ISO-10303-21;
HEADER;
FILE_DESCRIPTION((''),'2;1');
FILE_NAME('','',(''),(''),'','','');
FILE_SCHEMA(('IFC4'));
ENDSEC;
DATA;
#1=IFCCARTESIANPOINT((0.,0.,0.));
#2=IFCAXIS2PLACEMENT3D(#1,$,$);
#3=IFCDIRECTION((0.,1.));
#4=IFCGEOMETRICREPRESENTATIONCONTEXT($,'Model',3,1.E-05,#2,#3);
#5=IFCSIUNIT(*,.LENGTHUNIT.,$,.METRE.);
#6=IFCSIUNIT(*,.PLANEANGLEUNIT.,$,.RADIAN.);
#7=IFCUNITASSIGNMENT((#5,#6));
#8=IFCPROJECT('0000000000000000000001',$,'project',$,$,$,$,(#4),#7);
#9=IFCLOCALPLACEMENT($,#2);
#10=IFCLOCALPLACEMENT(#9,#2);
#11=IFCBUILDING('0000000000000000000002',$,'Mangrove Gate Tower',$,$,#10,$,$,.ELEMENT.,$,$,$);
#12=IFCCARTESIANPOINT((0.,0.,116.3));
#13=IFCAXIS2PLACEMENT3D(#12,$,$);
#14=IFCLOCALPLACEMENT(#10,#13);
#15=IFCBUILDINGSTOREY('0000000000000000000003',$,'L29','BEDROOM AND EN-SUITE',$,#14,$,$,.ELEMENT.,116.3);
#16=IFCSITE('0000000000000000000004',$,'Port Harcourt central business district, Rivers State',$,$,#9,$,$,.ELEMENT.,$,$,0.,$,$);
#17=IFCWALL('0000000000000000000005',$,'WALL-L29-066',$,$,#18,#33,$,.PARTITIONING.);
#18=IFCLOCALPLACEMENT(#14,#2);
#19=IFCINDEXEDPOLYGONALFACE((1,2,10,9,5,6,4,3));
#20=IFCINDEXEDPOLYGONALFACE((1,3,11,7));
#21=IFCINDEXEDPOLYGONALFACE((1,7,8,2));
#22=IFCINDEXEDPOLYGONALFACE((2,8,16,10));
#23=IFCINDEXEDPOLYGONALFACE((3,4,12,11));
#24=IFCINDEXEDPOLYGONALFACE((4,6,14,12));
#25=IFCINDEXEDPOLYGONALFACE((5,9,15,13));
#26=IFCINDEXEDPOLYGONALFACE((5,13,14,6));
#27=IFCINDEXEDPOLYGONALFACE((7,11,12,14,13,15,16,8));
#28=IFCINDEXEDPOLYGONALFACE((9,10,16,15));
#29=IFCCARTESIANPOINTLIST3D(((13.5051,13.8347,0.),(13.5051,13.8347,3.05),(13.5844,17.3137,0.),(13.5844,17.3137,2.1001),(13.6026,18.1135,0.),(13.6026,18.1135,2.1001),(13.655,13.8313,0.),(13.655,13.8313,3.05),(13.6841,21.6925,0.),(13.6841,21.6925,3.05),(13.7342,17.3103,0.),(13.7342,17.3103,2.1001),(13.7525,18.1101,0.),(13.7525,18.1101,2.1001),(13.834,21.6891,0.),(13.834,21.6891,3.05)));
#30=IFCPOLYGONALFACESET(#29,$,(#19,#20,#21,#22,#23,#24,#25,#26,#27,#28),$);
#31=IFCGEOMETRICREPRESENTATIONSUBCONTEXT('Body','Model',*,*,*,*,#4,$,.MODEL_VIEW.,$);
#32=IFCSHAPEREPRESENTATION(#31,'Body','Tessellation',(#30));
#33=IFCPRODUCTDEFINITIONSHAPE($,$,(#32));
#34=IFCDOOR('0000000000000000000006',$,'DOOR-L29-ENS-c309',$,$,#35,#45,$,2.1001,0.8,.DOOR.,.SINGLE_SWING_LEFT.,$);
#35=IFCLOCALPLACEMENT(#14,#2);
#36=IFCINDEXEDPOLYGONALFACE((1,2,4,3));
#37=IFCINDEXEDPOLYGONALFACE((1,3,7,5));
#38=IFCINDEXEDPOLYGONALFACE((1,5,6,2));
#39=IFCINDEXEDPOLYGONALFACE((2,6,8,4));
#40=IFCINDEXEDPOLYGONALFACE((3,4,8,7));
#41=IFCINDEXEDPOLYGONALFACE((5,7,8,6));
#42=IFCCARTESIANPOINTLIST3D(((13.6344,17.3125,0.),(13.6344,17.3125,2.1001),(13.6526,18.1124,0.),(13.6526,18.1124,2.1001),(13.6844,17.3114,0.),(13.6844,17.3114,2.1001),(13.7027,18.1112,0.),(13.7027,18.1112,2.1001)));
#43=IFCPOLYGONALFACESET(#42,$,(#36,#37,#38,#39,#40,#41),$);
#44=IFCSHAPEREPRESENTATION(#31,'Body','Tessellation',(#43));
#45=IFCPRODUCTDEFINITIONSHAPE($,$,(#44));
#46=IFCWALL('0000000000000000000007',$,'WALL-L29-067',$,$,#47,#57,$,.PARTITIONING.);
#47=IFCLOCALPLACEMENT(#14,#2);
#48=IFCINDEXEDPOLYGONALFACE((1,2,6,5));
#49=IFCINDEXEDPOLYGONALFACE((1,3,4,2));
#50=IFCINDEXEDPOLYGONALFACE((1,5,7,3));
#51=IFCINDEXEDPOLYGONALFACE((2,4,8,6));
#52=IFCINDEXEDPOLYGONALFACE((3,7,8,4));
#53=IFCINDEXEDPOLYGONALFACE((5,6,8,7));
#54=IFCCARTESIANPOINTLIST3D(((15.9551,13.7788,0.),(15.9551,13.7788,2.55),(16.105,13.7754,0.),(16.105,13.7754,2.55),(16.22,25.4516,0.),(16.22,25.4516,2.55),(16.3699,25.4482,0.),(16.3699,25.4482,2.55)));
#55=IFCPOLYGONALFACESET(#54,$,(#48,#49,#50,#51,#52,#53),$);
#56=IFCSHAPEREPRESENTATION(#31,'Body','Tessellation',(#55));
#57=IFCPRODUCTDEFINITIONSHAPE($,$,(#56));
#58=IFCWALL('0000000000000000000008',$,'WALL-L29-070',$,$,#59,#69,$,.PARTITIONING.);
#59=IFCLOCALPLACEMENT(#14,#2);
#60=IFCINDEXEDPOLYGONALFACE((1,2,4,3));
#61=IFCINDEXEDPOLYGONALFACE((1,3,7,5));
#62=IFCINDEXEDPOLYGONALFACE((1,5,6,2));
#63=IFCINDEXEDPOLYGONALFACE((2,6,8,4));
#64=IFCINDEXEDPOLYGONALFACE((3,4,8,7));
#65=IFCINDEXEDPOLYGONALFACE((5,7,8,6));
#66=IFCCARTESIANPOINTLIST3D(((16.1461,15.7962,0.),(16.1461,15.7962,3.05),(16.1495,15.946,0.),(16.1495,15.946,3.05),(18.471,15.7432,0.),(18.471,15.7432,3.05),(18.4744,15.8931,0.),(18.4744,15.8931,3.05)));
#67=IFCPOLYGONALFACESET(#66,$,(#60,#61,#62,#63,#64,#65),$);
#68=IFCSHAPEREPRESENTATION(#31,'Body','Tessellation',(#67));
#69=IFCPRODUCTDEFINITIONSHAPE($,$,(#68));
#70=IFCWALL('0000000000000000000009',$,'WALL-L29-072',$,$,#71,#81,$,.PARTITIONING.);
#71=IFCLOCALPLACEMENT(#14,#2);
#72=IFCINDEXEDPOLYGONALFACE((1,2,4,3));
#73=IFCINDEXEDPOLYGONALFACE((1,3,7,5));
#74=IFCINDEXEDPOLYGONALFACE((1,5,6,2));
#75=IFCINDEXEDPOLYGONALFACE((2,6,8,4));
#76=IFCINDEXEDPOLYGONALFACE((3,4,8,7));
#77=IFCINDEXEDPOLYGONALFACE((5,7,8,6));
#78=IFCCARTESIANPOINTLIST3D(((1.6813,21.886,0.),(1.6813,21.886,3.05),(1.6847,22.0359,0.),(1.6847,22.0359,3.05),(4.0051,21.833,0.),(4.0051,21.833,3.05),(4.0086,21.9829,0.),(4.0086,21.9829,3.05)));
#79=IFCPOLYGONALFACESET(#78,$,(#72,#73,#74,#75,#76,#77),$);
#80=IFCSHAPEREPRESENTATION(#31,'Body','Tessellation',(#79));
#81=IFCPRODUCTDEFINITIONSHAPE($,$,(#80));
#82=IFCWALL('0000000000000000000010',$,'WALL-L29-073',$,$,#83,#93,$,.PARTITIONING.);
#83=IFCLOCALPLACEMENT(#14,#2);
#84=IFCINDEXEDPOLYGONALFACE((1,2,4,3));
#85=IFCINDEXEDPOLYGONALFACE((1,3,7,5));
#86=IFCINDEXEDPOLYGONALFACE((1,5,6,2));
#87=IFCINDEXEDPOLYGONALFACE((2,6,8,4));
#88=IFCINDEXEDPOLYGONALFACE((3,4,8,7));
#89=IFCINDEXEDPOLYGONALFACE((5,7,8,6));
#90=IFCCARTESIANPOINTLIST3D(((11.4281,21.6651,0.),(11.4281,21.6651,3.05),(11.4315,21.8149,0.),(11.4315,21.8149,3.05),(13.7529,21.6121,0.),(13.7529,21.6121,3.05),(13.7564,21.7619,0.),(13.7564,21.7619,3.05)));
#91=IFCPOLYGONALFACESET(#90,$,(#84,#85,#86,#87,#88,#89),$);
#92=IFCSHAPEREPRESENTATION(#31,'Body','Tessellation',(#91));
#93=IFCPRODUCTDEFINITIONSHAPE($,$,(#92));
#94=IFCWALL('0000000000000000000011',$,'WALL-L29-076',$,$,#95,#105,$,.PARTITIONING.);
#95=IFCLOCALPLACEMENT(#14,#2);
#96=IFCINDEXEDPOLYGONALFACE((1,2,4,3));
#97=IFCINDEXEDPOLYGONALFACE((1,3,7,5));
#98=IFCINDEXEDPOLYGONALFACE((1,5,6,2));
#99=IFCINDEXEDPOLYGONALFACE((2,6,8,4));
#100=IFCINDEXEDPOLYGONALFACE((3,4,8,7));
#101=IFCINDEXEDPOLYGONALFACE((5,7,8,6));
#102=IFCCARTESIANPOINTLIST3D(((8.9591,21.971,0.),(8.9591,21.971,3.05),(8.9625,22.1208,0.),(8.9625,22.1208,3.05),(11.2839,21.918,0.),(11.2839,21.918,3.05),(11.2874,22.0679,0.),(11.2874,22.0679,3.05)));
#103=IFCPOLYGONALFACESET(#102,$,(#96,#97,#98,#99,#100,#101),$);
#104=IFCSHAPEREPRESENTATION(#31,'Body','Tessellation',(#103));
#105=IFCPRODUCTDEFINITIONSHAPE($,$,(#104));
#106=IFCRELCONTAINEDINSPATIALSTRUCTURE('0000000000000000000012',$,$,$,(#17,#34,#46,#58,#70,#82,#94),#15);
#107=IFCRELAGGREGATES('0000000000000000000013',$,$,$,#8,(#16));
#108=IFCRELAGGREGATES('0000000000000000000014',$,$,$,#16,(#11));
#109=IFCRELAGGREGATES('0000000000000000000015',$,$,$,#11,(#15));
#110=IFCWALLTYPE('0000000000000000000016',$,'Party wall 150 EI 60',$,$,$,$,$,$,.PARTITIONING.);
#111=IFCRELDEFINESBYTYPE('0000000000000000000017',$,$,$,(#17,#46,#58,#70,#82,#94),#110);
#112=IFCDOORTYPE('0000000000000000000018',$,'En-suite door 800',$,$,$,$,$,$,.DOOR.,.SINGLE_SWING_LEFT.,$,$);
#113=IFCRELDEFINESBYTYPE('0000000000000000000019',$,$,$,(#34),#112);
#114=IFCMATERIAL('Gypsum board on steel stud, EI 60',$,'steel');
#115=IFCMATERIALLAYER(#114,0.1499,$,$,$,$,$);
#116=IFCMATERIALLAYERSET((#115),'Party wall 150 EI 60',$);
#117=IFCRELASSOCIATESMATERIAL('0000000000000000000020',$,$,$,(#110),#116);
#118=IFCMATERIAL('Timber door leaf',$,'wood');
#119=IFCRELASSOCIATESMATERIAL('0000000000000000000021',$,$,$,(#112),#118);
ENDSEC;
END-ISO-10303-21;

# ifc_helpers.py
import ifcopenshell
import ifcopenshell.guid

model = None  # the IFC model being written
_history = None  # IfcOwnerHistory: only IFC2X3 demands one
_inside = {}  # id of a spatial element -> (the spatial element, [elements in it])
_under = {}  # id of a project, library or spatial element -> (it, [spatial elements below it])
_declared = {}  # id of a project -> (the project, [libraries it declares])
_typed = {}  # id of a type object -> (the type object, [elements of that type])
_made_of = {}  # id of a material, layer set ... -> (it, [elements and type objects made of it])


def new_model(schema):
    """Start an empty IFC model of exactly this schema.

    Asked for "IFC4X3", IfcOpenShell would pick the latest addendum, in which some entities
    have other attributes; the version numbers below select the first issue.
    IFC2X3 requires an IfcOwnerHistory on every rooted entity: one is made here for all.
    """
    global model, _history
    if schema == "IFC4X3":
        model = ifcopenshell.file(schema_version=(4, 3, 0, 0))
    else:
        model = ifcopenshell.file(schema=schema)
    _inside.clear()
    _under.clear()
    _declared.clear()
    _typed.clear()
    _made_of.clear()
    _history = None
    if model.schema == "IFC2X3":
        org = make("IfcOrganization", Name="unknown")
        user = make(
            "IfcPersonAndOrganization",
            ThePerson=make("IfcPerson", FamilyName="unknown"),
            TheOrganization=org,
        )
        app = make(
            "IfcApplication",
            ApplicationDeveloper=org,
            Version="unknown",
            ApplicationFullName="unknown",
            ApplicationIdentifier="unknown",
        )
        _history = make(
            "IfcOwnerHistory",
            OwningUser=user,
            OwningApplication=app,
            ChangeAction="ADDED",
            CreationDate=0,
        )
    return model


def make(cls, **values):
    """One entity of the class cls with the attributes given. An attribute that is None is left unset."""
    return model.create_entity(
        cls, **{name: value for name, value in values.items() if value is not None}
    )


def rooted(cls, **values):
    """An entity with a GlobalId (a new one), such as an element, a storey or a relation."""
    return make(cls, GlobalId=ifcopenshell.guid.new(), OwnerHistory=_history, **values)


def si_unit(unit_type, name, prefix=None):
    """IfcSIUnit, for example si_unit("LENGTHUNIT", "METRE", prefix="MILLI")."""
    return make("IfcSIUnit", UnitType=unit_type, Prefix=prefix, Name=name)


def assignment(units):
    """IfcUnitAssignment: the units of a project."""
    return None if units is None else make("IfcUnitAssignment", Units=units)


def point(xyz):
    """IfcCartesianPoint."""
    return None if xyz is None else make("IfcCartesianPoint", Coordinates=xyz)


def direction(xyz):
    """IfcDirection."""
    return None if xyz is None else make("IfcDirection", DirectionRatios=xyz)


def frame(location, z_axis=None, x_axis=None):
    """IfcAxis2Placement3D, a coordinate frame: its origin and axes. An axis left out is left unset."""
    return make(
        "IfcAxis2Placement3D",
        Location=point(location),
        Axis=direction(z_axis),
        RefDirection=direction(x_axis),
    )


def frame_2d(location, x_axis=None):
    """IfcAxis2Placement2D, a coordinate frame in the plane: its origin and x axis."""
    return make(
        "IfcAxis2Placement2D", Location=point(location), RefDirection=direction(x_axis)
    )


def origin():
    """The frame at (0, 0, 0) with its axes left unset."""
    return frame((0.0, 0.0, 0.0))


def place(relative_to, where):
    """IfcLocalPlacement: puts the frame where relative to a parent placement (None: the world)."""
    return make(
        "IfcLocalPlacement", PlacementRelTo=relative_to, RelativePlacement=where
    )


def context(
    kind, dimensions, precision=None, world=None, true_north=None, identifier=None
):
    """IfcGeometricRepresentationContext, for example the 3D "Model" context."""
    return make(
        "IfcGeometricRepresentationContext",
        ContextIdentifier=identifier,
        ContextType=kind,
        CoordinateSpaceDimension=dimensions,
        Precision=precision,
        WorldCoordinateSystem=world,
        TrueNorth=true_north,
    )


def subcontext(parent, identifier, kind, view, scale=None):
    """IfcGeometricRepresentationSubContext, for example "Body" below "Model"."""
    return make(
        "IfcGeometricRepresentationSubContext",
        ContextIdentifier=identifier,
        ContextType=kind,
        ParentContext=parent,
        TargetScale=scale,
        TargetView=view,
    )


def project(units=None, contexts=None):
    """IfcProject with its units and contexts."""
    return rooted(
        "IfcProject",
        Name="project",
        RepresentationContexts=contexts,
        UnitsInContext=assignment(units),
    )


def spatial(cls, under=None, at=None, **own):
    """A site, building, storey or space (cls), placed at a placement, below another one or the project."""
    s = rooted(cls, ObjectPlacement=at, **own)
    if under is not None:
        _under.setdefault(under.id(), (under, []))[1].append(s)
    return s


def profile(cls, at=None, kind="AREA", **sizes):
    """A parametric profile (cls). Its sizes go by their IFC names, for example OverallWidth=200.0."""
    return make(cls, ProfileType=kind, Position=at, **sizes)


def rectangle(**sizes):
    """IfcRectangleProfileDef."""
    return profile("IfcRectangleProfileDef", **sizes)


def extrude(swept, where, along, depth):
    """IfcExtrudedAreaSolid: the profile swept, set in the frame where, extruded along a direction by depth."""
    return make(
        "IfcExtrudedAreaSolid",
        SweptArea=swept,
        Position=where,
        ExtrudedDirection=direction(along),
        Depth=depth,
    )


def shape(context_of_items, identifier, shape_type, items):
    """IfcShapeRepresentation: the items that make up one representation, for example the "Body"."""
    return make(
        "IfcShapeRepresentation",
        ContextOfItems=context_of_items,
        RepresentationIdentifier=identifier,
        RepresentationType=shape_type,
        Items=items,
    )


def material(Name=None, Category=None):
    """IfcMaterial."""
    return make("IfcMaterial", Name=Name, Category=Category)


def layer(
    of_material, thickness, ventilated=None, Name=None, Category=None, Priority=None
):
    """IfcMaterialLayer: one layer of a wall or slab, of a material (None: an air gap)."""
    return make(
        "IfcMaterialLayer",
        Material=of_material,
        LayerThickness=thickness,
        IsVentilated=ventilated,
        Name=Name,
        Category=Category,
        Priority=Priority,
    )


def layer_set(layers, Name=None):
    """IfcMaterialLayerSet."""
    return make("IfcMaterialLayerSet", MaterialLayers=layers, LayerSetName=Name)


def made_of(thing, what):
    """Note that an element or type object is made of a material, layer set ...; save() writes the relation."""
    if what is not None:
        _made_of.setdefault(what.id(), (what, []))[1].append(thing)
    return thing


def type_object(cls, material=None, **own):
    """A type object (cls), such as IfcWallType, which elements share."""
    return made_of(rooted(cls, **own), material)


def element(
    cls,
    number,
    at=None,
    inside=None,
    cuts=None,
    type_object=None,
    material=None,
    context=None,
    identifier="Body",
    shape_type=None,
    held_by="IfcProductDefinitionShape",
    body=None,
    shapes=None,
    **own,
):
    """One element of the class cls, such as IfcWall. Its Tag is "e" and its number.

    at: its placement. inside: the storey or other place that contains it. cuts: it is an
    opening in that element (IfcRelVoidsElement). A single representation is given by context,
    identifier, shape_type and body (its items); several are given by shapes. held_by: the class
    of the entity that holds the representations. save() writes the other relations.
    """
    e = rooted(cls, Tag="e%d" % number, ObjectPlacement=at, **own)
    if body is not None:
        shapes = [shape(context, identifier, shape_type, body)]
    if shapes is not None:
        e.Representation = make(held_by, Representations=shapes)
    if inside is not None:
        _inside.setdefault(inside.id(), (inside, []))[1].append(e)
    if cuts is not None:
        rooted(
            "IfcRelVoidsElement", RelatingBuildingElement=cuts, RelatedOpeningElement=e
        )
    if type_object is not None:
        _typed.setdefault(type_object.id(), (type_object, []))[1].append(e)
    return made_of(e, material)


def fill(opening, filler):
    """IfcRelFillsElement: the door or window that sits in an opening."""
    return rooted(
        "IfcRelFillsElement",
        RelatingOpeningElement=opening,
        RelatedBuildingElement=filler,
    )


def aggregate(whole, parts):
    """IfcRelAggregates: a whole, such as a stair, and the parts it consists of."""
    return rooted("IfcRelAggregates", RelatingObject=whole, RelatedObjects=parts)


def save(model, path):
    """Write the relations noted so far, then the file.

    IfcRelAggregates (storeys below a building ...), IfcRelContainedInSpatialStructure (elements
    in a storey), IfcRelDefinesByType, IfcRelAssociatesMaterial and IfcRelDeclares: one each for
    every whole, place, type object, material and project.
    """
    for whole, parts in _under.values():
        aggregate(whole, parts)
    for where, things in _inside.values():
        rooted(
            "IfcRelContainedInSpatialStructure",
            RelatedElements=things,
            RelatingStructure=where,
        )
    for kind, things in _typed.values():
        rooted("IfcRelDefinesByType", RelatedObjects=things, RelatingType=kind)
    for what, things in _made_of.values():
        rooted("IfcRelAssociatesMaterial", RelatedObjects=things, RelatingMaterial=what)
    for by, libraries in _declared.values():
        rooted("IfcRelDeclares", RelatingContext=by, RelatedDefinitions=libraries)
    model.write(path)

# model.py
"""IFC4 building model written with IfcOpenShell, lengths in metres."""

from ifc_helpers import new_model, si_unit, direction, frame, frame_2d, origin, place, context, subcontext, project, spatial, rectangle, extrude, material, layer, layer_set, type_object, element, fill, save


model = new_model("IFC4")

# Units and contexts
model_context = context("Model", 3, precision=1e-05, world=origin(), true_north=direction((0.0, 1.0)))
body_context = subcontext(model_context, "Body", "Model", "MODEL_VIEW")
ifc_project = project(units=[si_unit("LENGTHUNIT", "METRE"), si_unit("PLANEANGLEUNIT", "RADIAN")], contexts=[model_context])

# Site, building, storey
site_placement = place(None, origin())
site = spatial("IfcSite", under=ifc_project, at=site_placement, Name="Port Harcourt central business district, Rivers State", CompositionType="ELEMENT", RefElevation=0.0)
building_placement = place(site_placement, origin())
building = spatial("IfcBuilding", under=site, at=building_placement, Name="Mangrove Gate Tower", CompositionType="ELEMENT")
storey_placement = place(building_placement, frame((0.0, 0.0, 116.3)))
storey = spatial("IfcBuildingStorey", under=building, at=storey_placement, Name="L29", Description="BEDROOM AND EN-SUITE", CompositionType="ELEMENT", Elevation=116.3)

# Shared definitions
ifc_material_1 = material(Name="Gypsum board on steel stud, EI 60", Category="steel")
ifc_layer = layer(ifc_material_1, 0.1499)
ifc_layer_set = layer_set([ifc_layer], Name="Party wall 150 EI 60")
wall_type = type_object("IfcWallType", Name="Party wall 150 EI 60", PredefinedType="PARTITIONING", material=ifc_layer_set)

# Shared definitions
ifc_material_2 = material(Name="Timber door leaf", Category="wood")
door_type = type_object("IfcDoorType", Name="En-suite door 800", OperationType="SINGLE_SWING_LEFT", PredefinedType="DOOR", material=ifc_material_2)

# Wall, opening, door
wall_1_placement = place(storey_placement, frame((13.5801, 13.833, 0.0), z_axis=(0.0, 0.0, 1.0), x_axis=(0.022768, 0.999741, 0.0)))
wall_1 = element("IfcWall", 1, at=wall_1_placement, inside=storey, type_object=wall_type, Name="WALL-L29-066", PredefinedType="PARTITIONING", context=body_context, shape_type="SweptSolid", body=[
    extrude(rectangle(XDim=7.8599, YDim=0.1499, at=frame_2d((3.9299, 0.0))), origin(), (0.0, 0.0, 1.0), 3.05),
])
opening_1_placement = place(wall_1_placement, frame((3.48, 0.0, 0.0)))
opening_1 = element("IfcOpeningElement", 2, at=opening_1_placement, cuts=wall_1, PredefinedType="OPENING", context=body_context, shape_type="SweptSolid", body=[
    extrude(rectangle(XDim=0.8, YDim=2.1001, at=frame_2d((0.3999, 1.05))), frame((0.0, 0.085, 0.0), z_axis=(0.0, -1.0, 0.0), x_axis=(1.0, 0.0, 0.0)), (0.0, 0.0, 1.0), 0.1699),
])
door_1_placement = place(opening_1_placement, origin())
door_1 = element("IfcDoor", 3, at=door_1_placement, inside=storey, type_object=door_type, Name="DOOR-L29-ENS-c309", OperationType="SINGLE_SWING_LEFT", OverallHeight=2.1001, OverallWidth=0.8, PredefinedType="DOOR", context=body_context, shape_type="SweptSolid", body=[
    extrude(rectangle(XDim=0.8, YDim=2.1001, at=frame_2d((0.3999, 1.05))), frame((0.0, 0.0249, 0.0), z_axis=(0.0, -1.0, 0.0), x_axis=(1.0, 0.0, 0.0)), (0.0, 0.0, 1.0), 0.05),
])
fill(opening_1, door_1)

# Walls
wall_2_placement = place(storey_placement, frame((16.03, 13.7771, 0.0), z_axis=(0.0, 0.0, 1.0), x_axis=(0.022687, 0.999743, 0.0)))
element("IfcWall", 4, at=wall_2_placement, inside=storey, type_object=wall_type, Name="WALL-L29-067", PredefinedType="PARTITIONING", context=body_context, shape_type="SweptSolid", body=[
    extrude(rectangle(XDim=11.6758, YDim=0.1499, at=frame_2d((5.8379, 0.0))), origin(), (0.0, 0.0, 1.0), 2.55),
])
wall_3_placement = place(storey_placement, frame((16.1479, 15.8711, 0.0), z_axis=(0.0, 0.0, 1.0), x_axis=(0.99974, -0.022781, 0.0)))
element("IfcWall", 5, at=wall_3_placement, inside=storey, type_object=wall_type, Name="WALL-L29-070", PredefinedType="PARTITIONING", context=body_context, shape_type="SweptSolid", body=[
    extrude(rectangle(XDim=2.3254, YDim=0.1499, at=frame_2d((1.1626, 0.0))), origin(), (0.0, 0.0, 1.0), 3.05),
])
wall_4_placement = place(storey_placement, frame((1.6831, 21.9609, 0.0), z_axis=(0.0, 0.0, 1.0), x_axis=(0.99974, -0.022791, 0.0)))
element("IfcWall", 6, at=wall_4_placement, inside=storey, type_object=wall_type, Name="WALL-L29-072", PredefinedType="PARTITIONING", context=body_context, shape_type="SweptSolid", body=[
    extrude(rectangle(XDim=2.3245, YDim=0.1499, at=frame_2d((1.1621, 0.0))), origin(), (0.0, 0.0, 1.0), 3.05),
])
for number, where, z_axis, x_axis, name in (
    (7, (11.4299, 21.74, 0.0), (0.0, 0.0, 1.0), (0.99974, -0.022781, 0.0), "WALL-L29-073"),
    (8, (8.9609, 22.0459, 0.0), (0.0, 0.0, 1.0), (0.99974, -0.022781, 0.0), "WALL-L29-076"),
):
    element("IfcWall", number, at=place(storey_placement, frame(where, z_axis=z_axis, x_axis=x_axis)), inside=storey, type_object=wall_type, Name=name, PredefinedType="PARTITIONING", context=body_context, shape_type="SweptSolid", body=[
        extrude(rectangle(XDim=2.3254, YDim=0.1499, at=frame_2d((1.1626, 0.0))), origin(), (0.0, 0.0, 1.0), 3.05),
    ])

save(model, "model.ifc")
